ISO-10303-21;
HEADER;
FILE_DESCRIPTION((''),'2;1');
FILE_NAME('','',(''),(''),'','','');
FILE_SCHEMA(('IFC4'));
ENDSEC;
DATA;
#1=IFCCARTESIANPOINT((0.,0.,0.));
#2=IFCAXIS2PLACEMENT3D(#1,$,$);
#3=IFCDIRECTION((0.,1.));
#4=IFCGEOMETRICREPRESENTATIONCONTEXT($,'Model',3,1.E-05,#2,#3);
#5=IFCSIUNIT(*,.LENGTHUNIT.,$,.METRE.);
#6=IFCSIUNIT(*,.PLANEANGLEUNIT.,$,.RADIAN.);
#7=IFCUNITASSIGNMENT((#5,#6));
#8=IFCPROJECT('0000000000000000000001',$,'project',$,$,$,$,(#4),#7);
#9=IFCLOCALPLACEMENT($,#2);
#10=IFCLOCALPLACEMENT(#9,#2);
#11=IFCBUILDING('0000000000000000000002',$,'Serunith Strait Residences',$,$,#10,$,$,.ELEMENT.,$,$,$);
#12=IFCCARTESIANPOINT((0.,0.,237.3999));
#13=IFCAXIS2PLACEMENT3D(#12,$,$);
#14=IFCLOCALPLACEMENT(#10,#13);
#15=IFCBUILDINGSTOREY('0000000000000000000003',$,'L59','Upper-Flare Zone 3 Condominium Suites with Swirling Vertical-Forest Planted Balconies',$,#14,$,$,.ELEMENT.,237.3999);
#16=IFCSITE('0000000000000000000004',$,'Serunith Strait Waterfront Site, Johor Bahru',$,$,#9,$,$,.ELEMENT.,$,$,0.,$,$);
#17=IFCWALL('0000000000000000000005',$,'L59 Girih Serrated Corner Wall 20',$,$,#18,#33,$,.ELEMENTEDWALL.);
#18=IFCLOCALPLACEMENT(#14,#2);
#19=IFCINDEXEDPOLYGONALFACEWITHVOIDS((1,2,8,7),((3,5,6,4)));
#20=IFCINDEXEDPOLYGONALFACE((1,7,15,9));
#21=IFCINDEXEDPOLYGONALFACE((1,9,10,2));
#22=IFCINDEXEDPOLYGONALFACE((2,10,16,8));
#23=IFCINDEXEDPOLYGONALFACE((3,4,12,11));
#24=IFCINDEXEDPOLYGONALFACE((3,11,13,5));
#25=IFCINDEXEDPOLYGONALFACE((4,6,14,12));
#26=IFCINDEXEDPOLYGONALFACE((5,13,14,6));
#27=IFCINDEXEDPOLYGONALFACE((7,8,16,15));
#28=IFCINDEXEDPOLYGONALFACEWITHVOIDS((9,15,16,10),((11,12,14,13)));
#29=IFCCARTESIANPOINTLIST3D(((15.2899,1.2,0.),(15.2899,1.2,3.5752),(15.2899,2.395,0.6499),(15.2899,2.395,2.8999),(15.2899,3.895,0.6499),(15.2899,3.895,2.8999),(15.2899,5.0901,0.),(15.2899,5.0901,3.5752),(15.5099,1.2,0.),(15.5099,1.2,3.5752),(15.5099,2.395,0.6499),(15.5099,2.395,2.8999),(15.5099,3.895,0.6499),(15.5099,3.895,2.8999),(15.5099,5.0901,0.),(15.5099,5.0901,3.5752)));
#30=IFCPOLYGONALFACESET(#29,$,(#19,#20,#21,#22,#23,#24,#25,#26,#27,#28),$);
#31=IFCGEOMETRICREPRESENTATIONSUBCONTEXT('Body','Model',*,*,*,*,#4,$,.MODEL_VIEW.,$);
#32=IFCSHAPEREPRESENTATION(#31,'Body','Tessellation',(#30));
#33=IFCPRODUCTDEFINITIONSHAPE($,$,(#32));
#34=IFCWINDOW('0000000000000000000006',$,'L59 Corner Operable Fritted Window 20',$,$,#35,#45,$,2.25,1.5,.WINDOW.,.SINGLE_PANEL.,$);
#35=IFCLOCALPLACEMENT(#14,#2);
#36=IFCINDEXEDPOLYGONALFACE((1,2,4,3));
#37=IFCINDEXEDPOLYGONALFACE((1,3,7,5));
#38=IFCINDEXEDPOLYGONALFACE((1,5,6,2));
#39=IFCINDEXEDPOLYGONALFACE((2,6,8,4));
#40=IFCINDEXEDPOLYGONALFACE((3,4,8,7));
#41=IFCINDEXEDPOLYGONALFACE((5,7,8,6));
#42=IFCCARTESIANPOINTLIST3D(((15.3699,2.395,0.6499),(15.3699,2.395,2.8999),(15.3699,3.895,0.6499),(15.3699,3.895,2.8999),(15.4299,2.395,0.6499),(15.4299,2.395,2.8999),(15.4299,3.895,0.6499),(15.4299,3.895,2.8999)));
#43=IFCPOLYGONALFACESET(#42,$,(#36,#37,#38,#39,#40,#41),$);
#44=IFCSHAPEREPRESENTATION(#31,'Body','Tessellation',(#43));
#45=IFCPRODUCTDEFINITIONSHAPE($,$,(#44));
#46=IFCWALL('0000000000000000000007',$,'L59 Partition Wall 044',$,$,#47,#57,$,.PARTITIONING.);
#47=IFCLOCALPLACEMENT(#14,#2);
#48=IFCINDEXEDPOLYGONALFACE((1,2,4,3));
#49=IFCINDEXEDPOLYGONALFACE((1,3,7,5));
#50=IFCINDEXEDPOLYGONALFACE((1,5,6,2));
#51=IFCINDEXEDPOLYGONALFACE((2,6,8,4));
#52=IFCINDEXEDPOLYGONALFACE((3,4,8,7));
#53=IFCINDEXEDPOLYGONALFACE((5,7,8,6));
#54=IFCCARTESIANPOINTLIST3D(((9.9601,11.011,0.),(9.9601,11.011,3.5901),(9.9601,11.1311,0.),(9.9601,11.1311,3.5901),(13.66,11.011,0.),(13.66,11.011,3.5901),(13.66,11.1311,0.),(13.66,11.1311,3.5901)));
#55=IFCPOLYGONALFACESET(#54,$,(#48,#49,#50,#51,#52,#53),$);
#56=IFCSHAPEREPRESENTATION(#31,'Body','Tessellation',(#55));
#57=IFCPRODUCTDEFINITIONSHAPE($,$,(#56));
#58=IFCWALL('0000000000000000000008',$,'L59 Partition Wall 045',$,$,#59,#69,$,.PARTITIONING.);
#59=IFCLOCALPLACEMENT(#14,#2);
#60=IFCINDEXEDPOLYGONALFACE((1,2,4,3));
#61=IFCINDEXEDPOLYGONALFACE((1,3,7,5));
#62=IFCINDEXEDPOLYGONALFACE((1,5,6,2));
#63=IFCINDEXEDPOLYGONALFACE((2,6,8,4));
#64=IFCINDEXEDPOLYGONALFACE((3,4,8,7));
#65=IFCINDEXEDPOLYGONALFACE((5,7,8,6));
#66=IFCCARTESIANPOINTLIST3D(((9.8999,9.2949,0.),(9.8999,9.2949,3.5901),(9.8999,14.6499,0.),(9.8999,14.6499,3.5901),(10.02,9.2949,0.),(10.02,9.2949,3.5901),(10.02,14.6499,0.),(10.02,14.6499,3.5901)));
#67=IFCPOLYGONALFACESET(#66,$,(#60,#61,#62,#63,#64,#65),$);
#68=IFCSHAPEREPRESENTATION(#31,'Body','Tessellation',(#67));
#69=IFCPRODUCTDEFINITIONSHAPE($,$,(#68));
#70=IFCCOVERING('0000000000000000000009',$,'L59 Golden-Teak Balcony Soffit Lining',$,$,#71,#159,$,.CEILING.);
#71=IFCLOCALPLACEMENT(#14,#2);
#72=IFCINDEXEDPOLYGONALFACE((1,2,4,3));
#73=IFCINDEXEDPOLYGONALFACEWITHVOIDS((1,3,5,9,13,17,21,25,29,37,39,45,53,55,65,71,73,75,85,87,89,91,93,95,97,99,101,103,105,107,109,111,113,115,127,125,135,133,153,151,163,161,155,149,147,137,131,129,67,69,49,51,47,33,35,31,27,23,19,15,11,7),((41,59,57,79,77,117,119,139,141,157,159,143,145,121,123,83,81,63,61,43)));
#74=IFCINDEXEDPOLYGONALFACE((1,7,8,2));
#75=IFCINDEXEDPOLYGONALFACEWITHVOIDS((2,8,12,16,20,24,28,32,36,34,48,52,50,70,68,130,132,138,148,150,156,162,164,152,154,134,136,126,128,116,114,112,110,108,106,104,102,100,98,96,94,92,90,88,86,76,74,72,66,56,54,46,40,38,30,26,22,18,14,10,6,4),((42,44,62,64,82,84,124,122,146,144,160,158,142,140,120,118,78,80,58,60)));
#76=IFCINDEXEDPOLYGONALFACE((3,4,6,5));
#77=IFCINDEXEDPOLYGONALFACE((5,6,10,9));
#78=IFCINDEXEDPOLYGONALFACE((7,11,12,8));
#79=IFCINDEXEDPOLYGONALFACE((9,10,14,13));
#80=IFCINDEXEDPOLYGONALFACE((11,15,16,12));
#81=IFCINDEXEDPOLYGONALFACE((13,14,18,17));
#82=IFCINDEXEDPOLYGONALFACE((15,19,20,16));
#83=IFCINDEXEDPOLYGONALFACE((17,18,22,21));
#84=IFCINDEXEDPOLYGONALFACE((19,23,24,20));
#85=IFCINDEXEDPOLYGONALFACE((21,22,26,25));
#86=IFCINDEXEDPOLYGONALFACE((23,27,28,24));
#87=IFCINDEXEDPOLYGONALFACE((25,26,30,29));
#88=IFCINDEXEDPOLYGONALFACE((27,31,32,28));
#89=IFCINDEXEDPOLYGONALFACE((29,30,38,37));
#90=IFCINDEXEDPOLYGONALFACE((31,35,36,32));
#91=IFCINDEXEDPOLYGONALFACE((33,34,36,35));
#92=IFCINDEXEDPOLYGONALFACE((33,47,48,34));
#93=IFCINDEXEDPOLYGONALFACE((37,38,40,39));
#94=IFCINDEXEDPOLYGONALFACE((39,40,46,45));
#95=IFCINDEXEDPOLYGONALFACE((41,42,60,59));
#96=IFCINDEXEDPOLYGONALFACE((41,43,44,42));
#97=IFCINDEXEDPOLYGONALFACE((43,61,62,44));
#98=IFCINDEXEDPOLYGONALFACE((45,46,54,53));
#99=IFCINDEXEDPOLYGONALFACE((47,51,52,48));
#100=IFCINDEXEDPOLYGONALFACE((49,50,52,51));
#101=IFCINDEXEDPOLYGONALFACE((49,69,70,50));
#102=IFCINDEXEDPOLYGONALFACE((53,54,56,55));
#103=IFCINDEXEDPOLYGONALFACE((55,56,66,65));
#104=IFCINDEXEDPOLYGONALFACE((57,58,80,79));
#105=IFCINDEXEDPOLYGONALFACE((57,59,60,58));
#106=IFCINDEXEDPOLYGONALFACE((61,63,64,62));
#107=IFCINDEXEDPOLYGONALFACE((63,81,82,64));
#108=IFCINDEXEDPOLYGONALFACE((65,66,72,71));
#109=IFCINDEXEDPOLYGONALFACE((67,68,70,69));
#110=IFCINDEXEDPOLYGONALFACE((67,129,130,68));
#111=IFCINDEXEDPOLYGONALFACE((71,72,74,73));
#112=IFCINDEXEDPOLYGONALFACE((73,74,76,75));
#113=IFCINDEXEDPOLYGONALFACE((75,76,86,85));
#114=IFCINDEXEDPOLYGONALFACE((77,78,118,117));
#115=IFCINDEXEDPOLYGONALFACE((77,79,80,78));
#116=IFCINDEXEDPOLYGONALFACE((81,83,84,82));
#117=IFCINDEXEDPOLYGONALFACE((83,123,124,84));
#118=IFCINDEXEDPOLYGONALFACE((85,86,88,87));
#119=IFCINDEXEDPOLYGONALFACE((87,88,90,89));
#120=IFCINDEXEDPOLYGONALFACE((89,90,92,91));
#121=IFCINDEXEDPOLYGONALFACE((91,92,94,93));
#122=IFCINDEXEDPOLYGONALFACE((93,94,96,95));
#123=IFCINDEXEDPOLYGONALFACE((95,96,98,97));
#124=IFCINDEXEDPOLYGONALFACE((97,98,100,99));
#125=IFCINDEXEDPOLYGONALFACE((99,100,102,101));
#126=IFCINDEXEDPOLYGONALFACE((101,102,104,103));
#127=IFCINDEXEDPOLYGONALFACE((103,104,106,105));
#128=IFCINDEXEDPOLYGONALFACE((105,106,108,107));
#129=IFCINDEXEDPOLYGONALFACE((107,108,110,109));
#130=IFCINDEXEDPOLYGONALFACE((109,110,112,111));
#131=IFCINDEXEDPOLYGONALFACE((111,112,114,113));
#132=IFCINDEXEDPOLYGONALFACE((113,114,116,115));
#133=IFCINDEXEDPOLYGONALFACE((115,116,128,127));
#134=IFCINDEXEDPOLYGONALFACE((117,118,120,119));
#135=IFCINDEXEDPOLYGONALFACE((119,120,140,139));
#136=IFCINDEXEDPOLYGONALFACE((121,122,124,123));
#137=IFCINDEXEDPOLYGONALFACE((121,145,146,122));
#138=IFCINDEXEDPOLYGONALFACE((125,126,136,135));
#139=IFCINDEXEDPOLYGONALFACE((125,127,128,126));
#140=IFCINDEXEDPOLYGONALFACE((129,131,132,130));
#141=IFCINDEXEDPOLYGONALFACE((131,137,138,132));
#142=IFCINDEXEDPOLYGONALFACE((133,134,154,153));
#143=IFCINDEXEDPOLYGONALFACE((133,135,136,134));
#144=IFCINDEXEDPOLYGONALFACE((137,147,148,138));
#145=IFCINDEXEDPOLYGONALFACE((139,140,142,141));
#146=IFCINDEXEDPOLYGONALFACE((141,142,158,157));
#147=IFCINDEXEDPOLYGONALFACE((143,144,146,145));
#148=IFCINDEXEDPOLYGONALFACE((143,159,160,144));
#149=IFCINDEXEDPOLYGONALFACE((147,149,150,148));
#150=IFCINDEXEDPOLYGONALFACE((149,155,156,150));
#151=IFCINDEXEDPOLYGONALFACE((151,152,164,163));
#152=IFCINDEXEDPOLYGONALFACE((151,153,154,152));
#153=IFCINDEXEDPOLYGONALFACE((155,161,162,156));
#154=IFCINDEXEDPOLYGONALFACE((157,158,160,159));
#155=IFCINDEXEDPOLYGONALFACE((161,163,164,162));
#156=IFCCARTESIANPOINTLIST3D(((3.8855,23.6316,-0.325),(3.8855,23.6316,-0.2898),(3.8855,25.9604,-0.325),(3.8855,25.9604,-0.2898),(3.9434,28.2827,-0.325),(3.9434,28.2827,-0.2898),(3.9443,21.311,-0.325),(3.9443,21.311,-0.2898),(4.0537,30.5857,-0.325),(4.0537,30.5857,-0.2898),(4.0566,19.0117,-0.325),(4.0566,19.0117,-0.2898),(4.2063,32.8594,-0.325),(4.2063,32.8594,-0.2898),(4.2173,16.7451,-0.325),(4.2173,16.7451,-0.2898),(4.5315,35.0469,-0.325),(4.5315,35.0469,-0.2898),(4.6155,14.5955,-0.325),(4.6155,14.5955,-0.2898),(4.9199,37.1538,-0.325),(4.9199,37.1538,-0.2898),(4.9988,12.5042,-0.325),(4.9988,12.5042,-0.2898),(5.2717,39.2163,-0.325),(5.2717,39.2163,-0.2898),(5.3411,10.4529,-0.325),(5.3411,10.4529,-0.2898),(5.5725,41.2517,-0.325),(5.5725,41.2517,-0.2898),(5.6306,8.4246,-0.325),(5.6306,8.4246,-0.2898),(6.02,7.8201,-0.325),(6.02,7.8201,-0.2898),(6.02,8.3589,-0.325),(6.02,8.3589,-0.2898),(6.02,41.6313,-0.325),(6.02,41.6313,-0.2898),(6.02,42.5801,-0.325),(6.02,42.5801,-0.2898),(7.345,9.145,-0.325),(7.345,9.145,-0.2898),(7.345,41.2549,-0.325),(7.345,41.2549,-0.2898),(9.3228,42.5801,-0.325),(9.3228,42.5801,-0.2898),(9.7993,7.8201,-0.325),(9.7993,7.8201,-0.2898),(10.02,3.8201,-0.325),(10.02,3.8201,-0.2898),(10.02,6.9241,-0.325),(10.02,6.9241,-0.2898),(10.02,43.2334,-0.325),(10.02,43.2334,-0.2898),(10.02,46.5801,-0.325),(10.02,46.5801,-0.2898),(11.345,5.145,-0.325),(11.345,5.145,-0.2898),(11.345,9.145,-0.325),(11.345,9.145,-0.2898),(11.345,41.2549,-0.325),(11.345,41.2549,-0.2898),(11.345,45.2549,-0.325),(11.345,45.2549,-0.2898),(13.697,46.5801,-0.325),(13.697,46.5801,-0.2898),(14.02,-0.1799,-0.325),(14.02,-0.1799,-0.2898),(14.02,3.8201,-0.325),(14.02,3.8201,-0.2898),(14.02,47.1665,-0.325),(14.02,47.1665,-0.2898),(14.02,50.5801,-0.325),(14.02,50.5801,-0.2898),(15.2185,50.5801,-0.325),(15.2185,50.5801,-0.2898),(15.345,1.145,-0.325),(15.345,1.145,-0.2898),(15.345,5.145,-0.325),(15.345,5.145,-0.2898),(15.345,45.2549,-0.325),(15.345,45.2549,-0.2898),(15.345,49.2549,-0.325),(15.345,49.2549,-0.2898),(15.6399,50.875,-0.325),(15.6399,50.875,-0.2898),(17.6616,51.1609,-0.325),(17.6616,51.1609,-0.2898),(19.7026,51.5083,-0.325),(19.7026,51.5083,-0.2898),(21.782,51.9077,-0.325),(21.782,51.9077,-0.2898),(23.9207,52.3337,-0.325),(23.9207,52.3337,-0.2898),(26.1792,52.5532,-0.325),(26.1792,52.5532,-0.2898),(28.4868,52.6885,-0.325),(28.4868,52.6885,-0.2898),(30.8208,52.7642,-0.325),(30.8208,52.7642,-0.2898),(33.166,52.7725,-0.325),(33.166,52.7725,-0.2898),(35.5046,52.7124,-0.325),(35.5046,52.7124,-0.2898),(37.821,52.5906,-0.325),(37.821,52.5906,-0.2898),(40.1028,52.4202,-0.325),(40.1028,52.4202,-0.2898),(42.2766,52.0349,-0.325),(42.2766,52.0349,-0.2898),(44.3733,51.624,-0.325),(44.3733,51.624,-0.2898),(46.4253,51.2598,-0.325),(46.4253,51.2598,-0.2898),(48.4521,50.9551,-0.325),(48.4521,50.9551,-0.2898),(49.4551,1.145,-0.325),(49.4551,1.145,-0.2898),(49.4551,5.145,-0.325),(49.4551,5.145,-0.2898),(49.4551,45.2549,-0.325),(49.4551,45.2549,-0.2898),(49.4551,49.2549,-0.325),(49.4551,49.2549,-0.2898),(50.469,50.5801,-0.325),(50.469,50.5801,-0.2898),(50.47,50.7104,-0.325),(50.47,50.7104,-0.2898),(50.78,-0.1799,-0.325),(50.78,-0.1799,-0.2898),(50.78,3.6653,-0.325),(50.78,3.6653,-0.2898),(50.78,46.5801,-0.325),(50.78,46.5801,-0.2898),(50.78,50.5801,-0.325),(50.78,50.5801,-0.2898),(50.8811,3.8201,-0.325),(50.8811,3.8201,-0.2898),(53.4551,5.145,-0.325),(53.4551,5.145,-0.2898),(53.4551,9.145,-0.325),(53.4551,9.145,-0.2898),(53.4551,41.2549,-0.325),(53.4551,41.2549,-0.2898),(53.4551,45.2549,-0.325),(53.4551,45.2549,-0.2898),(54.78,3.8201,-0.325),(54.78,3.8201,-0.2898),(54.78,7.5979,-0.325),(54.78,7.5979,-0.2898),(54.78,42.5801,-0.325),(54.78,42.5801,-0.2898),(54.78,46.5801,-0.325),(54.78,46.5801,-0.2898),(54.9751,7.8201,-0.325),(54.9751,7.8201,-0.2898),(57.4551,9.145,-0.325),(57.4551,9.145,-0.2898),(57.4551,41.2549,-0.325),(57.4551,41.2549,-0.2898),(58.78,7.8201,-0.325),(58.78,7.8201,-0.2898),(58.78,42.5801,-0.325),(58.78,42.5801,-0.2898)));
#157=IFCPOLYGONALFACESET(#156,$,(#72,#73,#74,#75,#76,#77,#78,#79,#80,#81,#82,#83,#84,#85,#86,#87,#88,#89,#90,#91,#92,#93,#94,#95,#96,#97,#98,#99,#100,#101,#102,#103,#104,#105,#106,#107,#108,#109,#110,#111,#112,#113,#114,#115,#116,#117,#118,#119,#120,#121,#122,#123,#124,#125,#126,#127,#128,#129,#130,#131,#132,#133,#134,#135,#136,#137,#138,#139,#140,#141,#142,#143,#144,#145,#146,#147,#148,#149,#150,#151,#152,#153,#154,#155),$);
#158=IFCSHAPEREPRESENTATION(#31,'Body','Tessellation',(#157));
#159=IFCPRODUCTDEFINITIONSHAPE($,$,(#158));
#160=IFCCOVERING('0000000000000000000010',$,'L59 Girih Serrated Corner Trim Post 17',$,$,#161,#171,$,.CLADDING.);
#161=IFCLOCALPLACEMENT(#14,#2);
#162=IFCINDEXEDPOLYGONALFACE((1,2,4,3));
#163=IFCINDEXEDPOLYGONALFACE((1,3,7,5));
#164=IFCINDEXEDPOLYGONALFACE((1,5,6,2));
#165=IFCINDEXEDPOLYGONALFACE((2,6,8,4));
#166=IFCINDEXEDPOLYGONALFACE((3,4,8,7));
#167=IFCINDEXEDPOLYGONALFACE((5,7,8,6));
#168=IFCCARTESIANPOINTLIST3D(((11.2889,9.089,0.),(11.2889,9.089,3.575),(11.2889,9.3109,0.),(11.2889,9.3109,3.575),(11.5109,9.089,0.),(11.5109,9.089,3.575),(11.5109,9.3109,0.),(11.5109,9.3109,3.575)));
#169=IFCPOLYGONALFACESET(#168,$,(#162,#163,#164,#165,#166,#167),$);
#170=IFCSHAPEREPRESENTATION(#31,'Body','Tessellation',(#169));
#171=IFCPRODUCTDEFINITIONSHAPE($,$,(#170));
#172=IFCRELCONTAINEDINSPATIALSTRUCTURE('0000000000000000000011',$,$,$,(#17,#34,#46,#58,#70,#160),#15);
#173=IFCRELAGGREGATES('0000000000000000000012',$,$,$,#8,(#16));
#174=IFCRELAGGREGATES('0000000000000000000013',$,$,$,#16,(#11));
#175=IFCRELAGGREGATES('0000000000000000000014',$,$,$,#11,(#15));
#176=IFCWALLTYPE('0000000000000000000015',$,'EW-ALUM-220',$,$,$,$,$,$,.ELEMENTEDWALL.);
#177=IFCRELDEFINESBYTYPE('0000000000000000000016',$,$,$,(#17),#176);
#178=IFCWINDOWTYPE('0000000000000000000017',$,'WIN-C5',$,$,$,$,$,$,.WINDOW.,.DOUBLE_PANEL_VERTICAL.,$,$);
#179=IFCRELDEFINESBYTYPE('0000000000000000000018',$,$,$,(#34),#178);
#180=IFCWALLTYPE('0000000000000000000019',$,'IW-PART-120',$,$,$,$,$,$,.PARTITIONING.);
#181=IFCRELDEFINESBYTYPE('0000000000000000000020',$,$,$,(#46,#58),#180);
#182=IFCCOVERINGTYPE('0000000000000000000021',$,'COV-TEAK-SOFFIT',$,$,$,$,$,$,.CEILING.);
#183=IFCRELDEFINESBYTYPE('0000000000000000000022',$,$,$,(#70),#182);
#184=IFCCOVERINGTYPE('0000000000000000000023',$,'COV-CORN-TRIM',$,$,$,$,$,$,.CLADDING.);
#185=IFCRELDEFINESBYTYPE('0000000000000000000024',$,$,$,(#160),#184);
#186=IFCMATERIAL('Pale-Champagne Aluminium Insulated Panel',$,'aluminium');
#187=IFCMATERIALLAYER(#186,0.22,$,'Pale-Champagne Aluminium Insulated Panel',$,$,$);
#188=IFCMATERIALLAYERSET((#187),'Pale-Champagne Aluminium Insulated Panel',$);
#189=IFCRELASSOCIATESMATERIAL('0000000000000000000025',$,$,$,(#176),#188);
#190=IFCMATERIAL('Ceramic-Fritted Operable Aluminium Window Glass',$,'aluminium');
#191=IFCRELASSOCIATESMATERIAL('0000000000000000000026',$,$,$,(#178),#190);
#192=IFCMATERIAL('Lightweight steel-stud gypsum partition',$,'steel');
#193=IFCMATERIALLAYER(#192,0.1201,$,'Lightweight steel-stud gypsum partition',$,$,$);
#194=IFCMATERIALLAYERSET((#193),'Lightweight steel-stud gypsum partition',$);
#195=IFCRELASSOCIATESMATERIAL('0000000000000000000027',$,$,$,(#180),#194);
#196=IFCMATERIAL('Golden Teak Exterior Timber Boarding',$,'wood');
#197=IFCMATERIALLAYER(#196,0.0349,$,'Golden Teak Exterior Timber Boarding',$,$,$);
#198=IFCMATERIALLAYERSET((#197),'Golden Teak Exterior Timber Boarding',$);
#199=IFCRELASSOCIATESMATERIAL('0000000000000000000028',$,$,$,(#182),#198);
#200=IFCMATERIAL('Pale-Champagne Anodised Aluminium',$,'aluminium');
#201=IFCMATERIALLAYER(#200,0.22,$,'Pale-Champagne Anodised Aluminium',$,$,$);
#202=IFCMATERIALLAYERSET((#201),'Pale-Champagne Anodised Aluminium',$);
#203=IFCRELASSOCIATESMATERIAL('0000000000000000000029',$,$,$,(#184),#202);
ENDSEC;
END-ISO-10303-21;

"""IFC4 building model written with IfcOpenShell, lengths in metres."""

from ifc_helpers import new_model, si_unit, direction, frame, frame_2d, origin, origin_2d, place, context, subcontext, project, spatial, polyline, rectangle, outline, extrude, source, transform, mapped, material, layer, layer_set, type_object, element, fill, save


model = new_model("IFC4")

# Units and contexts
model_context = context("Model", 3, precision=1e-05, world=origin(), true_north=direction((0.0, 1.0)))
body_context = subcontext(model_context, "Body", "Model", "MODEL_VIEW")
ifc_project = project(units=[si_unit("LENGTHUNIT", "METRE"), si_unit("PLANEANGLEUNIT", "RADIAN")], contexts=[model_context])

# Site, building, storey
site_placement = place(None, origin())
site = spatial("IfcSite", under=ifc_project, at=site_placement, Name="Serunith Strait Waterfront Site, Johor Bahru", CompositionType="ELEMENT", RefElevation=0.0)
building_placement = place(site_placement, origin())
building = spatial("IfcBuilding", under=site, at=building_placement, Name="Serunith Strait Residences", CompositionType="ELEMENT")
storey_placement = place(building_placement, frame((0.0, 0.0, 237.3999)))
storey = spatial("IfcBuildingStorey", under=building, at=storey_placement, Name="L59", Description="Upper-Flare Zone 3 Condominium Suites with Swirling Vertical-Forest Planted Balconies", CompositionType="ELEMENT", Elevation=237.3999)

# Shared definitions
ifc_material_1 = material(Name="Pale-Champagne Anodised Aluminium", Category="aluminium")

# Wall, opening, window
ifc_material_2 = material(Name="Pale-Champagne Aluminium Insulated Panel", Category="aluminium")
ifc_layer_1 = layer(ifc_material_2, 0.22, Name="Pale-Champagne Aluminium Insulated Panel")
ifc_layer_set_1 = layer_set([ifc_layer_1], Name="Pale-Champagne Aluminium Insulated Panel")
wall_type_1 = type_object("IfcWallType", Name="EW-ALUM-220", PredefinedType="ELEMENTEDWALL", material=ifc_layer_set_1)
ifc_material_3 = material(Name="Ceramic-Fritted Operable Aluminium Window Glass", Category="aluminium")
window_type = type_object("IfcWindowType", Name="WIN-C5", PartitioningType="DOUBLE_PANEL_VERTICAL", PredefinedType="WINDOW", material=ifc_material_3)
shared_shape_1 = source(origin(), body_context, "Body", "SweptSolid", [
    extrude(rectangle(XDim=1.5, YDim=2.25, at=frame_2d((0.75, 1.125))), frame((0.0, 0.03, 0.0), z_axis=(0.0, -1.0, 0.0), x_axis=(1.0, 0.0, 0.0)), (0.0, 0.0, 1.0), 0.0601),
])
wall_1_placement = place(storey_placement, frame((15.3999, 5.0901, 0.0), z_axis=(0.0, 0.0, 1.0), x_axis=(0.0, -1.0, 0.0)))
wall_1 = element("IfcWall", 1, at=wall_1_placement, inside=storey, type_object=wall_type_1, Name="L59 Girih Serrated Corner Wall 20", PredefinedType="ELEMENTEDWALL", context=body_context, shape_type="SweptSolid", body=[
    extrude(rectangle(XDim=3.8901, YDim=0.22, at=frame_2d((1.9451, 0.0))), origin(), (0.0, 0.0, 1.0), 3.5752),
])
opening_1_placement = place(wall_1_placement, frame((1.1951, 0.0, 0.6499)))
opening_1 = element("IfcOpeningElement", 2, at=opening_1_placement, cuts=wall_1, PredefinedType="OPENING", context=body_context, shape_type="SweptSolid", body=[
    extrude(rectangle(XDim=1.5, YDim=2.25, at=frame_2d((0.75, 1.125))), frame((0.0, 0.1201, 0.0), z_axis=(0.0, -1.0, 0.0), x_axis=(1.0, 0.0, 0.0)), (0.0, 0.0, 1.0), 0.24),
])
window_1_placement = place(opening_1_placement, origin())
window_1 = element("IfcWindow", 3, at=window_1_placement, inside=storey, type_object=window_type, Name="L59 Corner Operable Fritted Window 20", OverallHeight=2.25, OverallWidth=1.5, PartitioningType="SINGLE_PANEL", PredefinedType="WINDOW", context=body_context, shape_type="MappedRepresentation", body=[
    mapped(shared_shape_1, transform((0.0, 0.0, 0.0), scale=1.0)),
])
fill(opening_1, window_1)

# Walls
ifc_material_4 = material(Name="Lightweight steel-stud gypsum partition", Category="steel")
ifc_layer_2 = layer(ifc_material_4, 0.1201, Name="Lightweight steel-stud gypsum partition")
ifc_layer_set_2 = layer_set([ifc_layer_2], Name="Lightweight steel-stud gypsum partition")
wall_type_2 = type_object("IfcWallType", Name="IW-PART-120", PredefinedType="PARTITIONING", material=ifc_layer_set_2)
wall_2_placement = place(storey_placement, frame((9.96, 11.071, 0.0), z_axis=(0.0, 0.0, 1.0), x_axis=(1.0, 0.0, 0.0)))
element("IfcWall", 4, at=wall_2_placement, inside=storey, type_object=wall_type_2, Name="L59 Partition Wall 044", PredefinedType="PARTITIONING", context=body_context, shape_type="SweptSolid", body=[
    extrude(rectangle(XDim=3.7, YDim=0.1201, at=frame_2d((1.8501, 0.0))), origin(), (0.0, 0.0, 1.0), 3.5901),
])
wall_3_placement = place(storey_placement, frame((9.96, 9.2949, 0.0), z_axis=(0.0, 0.0, 1.0), x_axis=(0.0, 1.0, 0.0)))
element("IfcWall", 5, at=wall_3_placement, inside=storey, type_object=wall_type_2, Name="L59 Partition Wall 045", PredefinedType="PARTITIONING", context=body_context, shape_type="SweptSolid", body=[
    extrude(rectangle(XDim=5.355, YDim=0.1201, at=frame_2d((2.6775, 0.0))), origin(), (0.0, 0.0, 1.0), 3.5901),
])

# Covering
ifc_material_5 = material(Name="Golden Teak Exterior Timber Boarding", Category="wood")
ifc_layer_3 = layer(ifc_material_5, 0.0349, Name="Golden Teak Exterior Timber Boarding")
ifc_layer_set_3 = layer_set([ifc_layer_3], Name="Golden Teak Exterior Timber Boarding")
covering_type_1 = type_object("IfcCoveringType", Name="COV-TEAK-SOFFIT", PredefinedType="CEILING", material=ifc_layer_set_3)
covering_placement = place(storey_placement, frame((0.0, 0.0, -0.325)))
element("IfcCovering", 6, at=covering_placement, inside=storey, type_object=covering_type_1, Name="L59 Golden-Teak Balcony Soffit Lining", PredefinedType="CEILING", context=body_context, shape_type="SweptSolid", body=[
    extrude(outline(polyline([(6.02, 7.8201), (6.02, 8.3589), (5.6306, 8.4246), (5.3411, 10.4529), (4.9988, 12.5042), (4.6155, 14.5955), (4.2173, 16.7451), (4.0566, 19.0117), (3.9443, 21.311), (3.8855, 23.6316), (3.8855, 25.9604), (3.9434, 28.2827), (4.0537, 30.5857), (4.2063, 32.8594), (4.5315, 35.0469), (4.9199, 37.1538), (5.2717, 39.2163), (5.5725, 41.2517), (6.02, 41.6313), (6.02, 42.5801), (9.3228, 42.5801), (10.02, 43.2334), (10.02, 46.5801), (13.697, 46.5801), (14.02, 47.1665), (14.02, 50.5801), (15.2185, 50.5801), (15.6399, 50.875), (17.6616, 51.1609), (19.7026, 51.5083), (21.782, 51.9077), (23.9207, 52.3337), (26.1792, 52.5532), (28.4868, 52.6885), (30.8208, 52.7642), (33.166, 52.7725), (35.5046, 52.7124), (37.821, 52.5906), (40.1028, 52.4202), (42.2766, 52.0349), (44.3733, 51.624), (46.4253, 51.2598), (48.4521, 50.9551), (50.47, 50.7104), (50.469, 50.5801), (50.78, 50.5801), (50.78, 46.5801), (54.78, 46.5801), (54.78, 42.5801), (58.78, 42.5801), (58.78, 7.8201), (54.9751, 7.8201), (54.78, 7.5979), (54.78, 3.8201), (50.8811, 3.8201), (50.78, 3.6653), (50.78, -0.1799), (14.02, -0.1799), (14.02, 3.8201), (10.02, 3.8201), (10.02, 6.9241), (9.7993, 7.8201), (6.02, 7.8201)]), holes=[polyline([(49.4551, 1.145), (49.4551, 5.145), (53.4551, 5.145), (53.4551, 9.145), (57.4551, 9.145), (57.4551, 41.2549), (53.4551, 41.2549), (53.4551, 45.2549), (49.4551, 45.2549), (49.4551, 49.2549), (15.345, 49.2549), (15.345, 45.2549), (11.345, 45.2549), (11.345, 41.2549), (7.345, 41.2549), (7.345, 9.145), (11.345, 9.145), (11.345, 5.145), (15.345, 5.145), (15.345, 1.145), (49.4551, 1.145)])]), origin(), (0.0, 0.0, 1.0), 0.0352),
])

# Covering
ifc_layer_4 = layer(ifc_material_1, 0.22, Name="Pale-Champagne Anodised Aluminium")
ifc_layer_set_4 = layer_set([ifc_layer_4], Name="Pale-Champagne Anodised Aluminium")
covering_type_2 = type_object("IfcCoveringType", Name="COV-CORN-TRIM", PredefinedType="CLADDING", material=ifc_layer_set_4)
shared_shape_2 = source(origin(), body_context, "Body", "SweptSolid", [
    extrude(rectangle(XDim=0.2219, YDim=0.2219, at=origin_2d()), origin(), (0.0, 0.0, 1.0), 3.575),
])
for number, where, z_axis, x_axis, name in (
    (7, (11.3999, 9.2, 0.0), (0.0, 0.0, 1.0), (1.0, 0.0, 0.0), "L59 Girih Serrated Corner Trim Post 17"),
):
    element("IfcCovering", number, at=place(storey_placement, frame(where, z_axis=z_axis, x_axis=x_axis)), inside=storey, type_object=covering_type_2, Name=name, PredefinedType="CLADDING", context=body_context, shape_type="MappedRepresentation", body=[
        mapped(shared_shape_2, transform((0.0, 0.0, 0.0), scale=1.0)),
    ])

save(model, "model.ifc")
